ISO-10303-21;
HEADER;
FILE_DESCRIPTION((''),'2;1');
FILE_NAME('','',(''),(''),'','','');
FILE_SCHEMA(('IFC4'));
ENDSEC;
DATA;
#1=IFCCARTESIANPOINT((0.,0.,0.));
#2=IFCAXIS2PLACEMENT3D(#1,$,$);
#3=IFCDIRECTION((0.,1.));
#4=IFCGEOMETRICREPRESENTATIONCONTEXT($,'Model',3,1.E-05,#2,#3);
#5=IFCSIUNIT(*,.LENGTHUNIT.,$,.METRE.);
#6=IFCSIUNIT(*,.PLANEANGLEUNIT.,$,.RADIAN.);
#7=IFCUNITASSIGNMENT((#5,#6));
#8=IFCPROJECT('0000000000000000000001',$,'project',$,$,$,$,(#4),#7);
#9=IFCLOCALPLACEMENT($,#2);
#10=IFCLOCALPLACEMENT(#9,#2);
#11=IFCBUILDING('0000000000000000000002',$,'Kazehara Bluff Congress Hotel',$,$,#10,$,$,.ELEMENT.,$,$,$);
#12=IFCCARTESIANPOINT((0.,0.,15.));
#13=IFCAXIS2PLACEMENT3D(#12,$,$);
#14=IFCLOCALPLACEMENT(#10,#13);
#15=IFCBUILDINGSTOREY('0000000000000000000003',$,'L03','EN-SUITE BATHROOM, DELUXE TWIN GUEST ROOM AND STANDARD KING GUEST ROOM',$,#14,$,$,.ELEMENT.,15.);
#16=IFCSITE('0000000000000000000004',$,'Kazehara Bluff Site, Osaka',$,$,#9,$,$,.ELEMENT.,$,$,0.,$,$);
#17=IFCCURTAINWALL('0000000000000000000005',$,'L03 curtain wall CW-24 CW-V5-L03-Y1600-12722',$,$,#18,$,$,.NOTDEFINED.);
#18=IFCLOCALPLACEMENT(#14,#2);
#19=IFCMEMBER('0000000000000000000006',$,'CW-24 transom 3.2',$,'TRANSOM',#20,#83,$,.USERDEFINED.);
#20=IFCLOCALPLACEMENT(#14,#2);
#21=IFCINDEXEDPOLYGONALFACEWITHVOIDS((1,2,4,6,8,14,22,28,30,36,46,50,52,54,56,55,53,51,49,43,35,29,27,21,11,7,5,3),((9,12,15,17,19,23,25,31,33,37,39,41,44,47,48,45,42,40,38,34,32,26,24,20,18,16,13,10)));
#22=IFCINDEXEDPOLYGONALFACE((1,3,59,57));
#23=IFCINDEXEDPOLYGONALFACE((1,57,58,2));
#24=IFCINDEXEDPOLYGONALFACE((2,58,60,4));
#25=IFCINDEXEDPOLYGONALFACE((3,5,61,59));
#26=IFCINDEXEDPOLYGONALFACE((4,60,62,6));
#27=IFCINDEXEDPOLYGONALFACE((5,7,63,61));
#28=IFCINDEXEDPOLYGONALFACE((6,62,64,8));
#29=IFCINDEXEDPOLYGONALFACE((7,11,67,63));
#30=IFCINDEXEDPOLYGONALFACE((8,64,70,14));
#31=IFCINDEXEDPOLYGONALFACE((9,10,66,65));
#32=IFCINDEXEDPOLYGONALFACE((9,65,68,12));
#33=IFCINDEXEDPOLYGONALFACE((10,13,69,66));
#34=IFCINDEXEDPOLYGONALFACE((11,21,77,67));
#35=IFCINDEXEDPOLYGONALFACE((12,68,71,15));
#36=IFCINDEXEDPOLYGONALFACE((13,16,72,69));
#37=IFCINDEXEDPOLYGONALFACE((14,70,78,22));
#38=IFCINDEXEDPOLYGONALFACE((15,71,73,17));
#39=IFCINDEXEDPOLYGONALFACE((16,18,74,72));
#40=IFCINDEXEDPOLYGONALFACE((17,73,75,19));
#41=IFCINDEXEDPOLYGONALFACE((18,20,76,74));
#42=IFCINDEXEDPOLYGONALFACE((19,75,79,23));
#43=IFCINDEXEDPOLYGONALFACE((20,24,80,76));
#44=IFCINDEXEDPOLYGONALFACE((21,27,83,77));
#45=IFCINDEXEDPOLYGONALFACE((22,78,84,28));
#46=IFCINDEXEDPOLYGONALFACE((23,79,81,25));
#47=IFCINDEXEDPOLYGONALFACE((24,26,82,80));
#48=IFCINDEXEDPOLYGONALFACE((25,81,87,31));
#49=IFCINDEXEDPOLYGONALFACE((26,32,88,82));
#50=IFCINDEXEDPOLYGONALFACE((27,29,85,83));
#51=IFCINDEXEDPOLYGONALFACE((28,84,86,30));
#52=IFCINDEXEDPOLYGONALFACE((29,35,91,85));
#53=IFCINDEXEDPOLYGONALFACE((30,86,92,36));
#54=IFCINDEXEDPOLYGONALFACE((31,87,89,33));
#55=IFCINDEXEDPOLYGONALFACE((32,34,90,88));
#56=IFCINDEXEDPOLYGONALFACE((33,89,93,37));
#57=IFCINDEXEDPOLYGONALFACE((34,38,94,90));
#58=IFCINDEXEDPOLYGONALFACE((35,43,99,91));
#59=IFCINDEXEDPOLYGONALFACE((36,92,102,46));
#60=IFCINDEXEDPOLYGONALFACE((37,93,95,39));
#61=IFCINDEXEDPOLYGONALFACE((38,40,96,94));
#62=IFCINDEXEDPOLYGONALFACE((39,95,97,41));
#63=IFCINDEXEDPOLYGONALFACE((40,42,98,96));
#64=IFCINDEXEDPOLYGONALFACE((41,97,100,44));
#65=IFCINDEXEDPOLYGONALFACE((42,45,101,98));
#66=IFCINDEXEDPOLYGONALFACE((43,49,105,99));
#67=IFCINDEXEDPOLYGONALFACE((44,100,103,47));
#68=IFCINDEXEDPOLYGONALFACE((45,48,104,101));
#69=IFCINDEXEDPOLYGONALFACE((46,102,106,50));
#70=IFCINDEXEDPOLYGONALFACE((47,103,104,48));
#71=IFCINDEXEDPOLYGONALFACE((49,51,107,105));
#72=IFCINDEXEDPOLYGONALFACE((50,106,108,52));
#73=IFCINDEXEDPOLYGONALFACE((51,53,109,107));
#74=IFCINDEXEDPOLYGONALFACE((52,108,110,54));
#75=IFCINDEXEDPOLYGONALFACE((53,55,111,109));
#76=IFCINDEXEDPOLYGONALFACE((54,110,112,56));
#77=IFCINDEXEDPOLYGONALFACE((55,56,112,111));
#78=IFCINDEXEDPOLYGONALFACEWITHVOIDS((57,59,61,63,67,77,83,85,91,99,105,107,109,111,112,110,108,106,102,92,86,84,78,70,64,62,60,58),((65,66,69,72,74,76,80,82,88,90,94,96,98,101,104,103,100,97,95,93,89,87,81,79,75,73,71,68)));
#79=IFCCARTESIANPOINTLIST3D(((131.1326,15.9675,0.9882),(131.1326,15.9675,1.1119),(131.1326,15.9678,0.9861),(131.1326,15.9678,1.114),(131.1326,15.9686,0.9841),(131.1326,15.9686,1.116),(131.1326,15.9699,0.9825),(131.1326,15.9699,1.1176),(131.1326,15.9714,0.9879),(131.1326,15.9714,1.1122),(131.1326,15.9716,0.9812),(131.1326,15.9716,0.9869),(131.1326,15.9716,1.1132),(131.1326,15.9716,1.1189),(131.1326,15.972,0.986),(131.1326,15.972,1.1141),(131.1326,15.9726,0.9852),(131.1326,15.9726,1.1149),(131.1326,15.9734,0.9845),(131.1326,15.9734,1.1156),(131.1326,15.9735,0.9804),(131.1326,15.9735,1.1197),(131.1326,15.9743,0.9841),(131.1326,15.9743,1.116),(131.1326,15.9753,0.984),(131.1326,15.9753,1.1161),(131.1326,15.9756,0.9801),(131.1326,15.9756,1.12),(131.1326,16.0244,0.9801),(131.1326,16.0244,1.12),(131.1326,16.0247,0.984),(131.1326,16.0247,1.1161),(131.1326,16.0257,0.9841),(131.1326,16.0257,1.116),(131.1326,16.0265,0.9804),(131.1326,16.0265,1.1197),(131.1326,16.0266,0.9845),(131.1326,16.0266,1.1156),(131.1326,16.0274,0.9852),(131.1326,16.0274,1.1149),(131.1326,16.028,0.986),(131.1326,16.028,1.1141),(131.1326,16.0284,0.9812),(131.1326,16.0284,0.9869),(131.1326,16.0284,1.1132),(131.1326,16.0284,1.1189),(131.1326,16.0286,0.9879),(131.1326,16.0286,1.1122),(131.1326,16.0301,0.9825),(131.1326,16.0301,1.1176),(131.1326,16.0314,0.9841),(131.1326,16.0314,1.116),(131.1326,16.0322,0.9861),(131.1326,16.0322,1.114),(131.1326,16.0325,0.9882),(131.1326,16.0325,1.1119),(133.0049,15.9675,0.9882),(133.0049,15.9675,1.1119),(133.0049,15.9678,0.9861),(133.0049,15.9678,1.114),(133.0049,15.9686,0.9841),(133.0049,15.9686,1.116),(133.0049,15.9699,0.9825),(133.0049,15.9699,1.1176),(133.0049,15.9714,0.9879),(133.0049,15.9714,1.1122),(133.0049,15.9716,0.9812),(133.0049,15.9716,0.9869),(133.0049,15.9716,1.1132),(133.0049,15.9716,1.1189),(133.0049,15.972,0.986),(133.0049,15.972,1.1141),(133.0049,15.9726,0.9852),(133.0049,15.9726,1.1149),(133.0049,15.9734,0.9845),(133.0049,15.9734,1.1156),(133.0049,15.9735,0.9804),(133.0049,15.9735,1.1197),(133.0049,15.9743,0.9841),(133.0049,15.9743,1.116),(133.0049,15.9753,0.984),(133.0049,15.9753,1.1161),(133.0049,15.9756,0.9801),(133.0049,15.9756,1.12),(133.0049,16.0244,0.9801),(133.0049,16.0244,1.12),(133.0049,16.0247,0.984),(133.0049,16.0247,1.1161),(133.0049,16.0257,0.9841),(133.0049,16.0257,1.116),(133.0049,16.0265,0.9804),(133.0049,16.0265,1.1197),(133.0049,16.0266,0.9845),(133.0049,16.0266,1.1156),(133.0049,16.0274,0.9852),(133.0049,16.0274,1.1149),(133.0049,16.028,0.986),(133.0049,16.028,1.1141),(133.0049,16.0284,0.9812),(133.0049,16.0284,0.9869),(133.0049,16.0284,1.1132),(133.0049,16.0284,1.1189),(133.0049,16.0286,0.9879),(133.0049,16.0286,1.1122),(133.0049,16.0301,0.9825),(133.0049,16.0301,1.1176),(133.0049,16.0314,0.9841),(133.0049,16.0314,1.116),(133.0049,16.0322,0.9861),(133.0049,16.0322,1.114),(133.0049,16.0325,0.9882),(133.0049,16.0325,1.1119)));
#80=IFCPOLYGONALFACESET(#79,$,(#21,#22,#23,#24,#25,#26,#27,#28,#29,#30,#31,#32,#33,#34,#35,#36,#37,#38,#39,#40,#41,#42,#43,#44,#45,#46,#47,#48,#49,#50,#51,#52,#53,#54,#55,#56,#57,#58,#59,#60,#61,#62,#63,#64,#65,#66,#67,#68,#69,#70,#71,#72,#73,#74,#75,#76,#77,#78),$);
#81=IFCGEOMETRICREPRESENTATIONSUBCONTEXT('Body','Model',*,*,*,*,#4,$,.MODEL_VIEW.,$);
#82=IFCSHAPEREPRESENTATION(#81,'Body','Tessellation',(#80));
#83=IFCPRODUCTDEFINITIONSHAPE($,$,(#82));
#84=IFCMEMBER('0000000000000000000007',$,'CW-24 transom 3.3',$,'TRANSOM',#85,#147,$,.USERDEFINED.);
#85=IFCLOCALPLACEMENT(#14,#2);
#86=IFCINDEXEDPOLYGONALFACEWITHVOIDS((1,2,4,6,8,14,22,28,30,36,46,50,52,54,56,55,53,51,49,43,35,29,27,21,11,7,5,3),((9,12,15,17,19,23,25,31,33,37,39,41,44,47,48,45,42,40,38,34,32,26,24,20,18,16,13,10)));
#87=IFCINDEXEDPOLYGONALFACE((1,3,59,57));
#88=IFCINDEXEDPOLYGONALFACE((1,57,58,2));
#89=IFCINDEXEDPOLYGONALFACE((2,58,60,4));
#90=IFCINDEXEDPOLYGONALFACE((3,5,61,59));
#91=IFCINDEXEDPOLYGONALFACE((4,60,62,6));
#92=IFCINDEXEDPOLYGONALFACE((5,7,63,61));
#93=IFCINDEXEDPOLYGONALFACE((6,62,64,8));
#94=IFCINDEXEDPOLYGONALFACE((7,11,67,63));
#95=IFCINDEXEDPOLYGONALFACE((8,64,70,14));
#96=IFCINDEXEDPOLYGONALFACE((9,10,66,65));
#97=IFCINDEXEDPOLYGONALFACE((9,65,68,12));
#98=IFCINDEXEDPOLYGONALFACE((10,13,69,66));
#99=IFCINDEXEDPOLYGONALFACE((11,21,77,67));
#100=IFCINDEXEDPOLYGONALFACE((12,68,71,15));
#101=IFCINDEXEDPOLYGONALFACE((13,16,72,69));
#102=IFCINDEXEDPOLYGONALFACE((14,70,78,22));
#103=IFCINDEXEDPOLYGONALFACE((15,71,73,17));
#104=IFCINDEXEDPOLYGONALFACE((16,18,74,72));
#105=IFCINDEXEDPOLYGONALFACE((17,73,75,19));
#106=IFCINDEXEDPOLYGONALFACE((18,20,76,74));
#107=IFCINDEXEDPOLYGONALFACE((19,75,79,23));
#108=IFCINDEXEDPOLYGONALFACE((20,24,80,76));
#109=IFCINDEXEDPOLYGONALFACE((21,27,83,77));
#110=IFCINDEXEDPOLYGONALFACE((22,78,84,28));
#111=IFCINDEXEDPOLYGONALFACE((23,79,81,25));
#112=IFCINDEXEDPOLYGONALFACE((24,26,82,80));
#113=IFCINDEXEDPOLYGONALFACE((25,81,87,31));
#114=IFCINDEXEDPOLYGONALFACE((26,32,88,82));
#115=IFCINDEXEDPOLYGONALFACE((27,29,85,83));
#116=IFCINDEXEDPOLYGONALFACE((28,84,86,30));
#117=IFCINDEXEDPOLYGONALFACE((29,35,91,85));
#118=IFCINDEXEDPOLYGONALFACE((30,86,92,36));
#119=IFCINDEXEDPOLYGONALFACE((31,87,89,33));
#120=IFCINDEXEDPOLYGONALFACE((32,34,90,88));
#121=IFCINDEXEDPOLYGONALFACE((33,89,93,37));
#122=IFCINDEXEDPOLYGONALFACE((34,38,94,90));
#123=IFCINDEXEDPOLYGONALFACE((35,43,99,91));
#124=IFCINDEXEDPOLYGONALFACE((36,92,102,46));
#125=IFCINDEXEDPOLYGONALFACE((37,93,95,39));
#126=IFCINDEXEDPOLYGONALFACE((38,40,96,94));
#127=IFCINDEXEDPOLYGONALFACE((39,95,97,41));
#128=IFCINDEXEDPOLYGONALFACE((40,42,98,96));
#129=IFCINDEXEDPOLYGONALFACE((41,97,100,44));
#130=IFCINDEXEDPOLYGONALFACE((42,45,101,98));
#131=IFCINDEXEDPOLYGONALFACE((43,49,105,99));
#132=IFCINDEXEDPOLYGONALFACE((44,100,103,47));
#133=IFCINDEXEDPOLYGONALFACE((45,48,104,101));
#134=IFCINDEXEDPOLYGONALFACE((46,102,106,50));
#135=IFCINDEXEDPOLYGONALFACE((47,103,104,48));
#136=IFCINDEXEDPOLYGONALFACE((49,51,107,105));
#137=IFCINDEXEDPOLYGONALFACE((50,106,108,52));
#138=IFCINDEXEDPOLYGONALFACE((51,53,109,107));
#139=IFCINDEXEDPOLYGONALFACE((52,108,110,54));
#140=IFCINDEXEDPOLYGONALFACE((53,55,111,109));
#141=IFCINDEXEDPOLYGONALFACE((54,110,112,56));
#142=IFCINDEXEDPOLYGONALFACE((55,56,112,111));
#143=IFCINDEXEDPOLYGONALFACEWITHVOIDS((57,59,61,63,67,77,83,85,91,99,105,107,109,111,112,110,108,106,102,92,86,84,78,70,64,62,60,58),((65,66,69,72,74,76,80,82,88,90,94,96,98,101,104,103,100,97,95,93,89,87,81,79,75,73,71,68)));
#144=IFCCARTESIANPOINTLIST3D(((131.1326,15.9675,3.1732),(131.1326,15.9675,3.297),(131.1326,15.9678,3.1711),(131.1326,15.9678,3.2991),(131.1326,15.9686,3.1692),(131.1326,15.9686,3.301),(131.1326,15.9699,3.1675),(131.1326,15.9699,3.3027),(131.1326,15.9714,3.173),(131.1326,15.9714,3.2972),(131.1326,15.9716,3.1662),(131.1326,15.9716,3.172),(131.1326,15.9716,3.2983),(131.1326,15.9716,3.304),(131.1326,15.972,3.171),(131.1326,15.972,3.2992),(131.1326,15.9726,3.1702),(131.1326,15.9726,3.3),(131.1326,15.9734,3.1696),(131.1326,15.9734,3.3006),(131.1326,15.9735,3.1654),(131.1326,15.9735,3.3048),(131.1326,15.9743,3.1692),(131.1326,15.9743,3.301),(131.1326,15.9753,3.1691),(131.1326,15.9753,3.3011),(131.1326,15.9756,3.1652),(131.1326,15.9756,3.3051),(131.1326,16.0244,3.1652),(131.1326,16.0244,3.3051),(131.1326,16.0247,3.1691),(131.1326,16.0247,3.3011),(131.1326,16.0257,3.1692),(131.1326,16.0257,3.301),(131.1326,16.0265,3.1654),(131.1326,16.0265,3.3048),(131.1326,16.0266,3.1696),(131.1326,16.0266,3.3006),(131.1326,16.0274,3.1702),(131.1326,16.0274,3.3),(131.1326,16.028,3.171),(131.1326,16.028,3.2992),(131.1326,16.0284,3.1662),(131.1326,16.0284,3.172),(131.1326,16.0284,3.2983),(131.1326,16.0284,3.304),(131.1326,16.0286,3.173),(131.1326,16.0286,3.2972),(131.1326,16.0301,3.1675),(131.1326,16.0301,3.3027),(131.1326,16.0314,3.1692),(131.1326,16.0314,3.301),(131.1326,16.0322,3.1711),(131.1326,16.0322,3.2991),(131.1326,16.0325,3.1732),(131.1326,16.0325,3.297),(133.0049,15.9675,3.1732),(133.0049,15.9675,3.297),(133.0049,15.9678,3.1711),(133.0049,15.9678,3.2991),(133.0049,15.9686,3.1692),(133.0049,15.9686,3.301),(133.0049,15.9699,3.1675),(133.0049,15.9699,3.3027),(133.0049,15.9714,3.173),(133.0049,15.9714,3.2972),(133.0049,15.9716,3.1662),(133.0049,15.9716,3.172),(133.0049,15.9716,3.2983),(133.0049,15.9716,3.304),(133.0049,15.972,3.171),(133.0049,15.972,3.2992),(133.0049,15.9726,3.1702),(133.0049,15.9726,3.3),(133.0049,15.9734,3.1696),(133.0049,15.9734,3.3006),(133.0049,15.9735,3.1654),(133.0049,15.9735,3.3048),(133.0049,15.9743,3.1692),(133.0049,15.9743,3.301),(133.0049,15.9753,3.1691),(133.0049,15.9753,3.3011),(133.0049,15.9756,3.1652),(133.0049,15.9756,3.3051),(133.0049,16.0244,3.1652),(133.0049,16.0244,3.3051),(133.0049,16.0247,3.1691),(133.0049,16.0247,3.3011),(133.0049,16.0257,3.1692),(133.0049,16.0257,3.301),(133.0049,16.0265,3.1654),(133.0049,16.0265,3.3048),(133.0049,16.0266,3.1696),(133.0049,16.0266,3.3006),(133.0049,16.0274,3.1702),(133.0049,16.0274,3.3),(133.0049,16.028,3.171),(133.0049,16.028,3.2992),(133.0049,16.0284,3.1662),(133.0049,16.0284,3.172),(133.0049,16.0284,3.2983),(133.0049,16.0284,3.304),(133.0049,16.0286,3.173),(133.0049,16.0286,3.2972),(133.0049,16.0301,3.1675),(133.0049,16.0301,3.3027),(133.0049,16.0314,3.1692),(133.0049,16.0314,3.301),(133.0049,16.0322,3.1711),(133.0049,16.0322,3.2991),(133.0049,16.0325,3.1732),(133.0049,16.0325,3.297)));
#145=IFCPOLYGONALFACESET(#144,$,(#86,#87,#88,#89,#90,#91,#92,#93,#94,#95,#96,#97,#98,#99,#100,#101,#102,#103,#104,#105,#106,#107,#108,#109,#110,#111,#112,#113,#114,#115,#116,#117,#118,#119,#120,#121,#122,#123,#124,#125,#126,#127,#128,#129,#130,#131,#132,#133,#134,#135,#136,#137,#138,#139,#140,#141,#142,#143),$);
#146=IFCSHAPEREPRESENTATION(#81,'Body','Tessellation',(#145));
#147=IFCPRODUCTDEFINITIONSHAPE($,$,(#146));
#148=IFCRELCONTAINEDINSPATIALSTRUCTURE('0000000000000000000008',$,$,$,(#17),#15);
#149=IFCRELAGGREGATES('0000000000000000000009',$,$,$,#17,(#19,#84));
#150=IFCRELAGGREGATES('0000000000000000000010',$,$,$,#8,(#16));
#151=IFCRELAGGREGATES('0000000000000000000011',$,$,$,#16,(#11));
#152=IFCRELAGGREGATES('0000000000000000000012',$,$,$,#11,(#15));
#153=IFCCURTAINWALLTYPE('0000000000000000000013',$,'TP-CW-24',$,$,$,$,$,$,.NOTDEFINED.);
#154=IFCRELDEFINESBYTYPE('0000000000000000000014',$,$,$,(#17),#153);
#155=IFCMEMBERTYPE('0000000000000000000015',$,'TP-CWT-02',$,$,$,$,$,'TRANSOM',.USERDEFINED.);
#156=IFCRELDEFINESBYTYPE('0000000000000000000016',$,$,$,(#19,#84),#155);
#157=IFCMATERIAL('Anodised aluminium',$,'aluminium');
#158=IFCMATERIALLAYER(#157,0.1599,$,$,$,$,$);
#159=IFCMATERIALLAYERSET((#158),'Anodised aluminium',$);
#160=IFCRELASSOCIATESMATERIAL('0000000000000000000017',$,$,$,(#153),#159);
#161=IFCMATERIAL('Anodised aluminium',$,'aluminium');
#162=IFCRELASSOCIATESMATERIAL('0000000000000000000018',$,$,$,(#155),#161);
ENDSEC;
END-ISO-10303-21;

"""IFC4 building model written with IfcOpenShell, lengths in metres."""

from ifc_helpers import new_model, si_unit, direction, frame, origin, origin_2d, place, context, subcontext, project, spatial, hollow_rectangle, extrude, material, layer, layer_set, material_profile, profile_set, type_object, element, aggregate, save


model = new_model("IFC4")

# Units and contexts
model_context = context("Model", 3, precision=1e-05, world=origin(), true_north=direction((0.0, 1.0)))
body_context = subcontext(model_context, "Body", "Model", "MODEL_VIEW")
ifc_project = project(units=[si_unit("LENGTHUNIT", "METRE"), si_unit("PLANEANGLEUNIT", "RADIAN")], contexts=[model_context])

# Site, building, storey
site_placement = place(None, origin())
site = spatial("IfcSite", under=ifc_project, at=site_placement, Name="Kazehara Bluff Site, Osaka", CompositionType="ELEMENT", RefElevation=0.0)
building_placement = place(site_placement, origin())
building = spatial("IfcBuilding", under=site, at=building_placement, Name="Kazehara Bluff Congress Hotel", CompositionType="ELEMENT")
storey_placement = place(building_placement, frame((0.0, 0.0, 15.0)))
storey = spatial("IfcBuildingStorey", under=building, at=storey_placement, Name="L03", Description="EN-SUITE BATHROOM, DELUXE TWIN GUEST ROOM AND STANDARD KING GUEST ROOM", CompositionType="ELEMENT", Elevation=15.0)

# Curtain wall
ifc_material_1 = material(Name="Anodised aluminium", Category="aluminium")
ifc_layer_1 = layer(ifc_material_1, 0.1599)
ifc_layer_set_1 = layer_set([ifc_layer_1], Name="Anodised aluminium")
curtain_wall_type_1 = type_object("IfcCurtainWallType", Name="TP-CW-24", PredefinedType="NOTDEFINED", material=ifc_layer_set_1)
curtain_wall_1_placement = place(storey_placement, origin())
curtain_wall_1 = element("IfcCurtainWall", 1, at=curtain_wall_1_placement, inside=storey, type_object=curtain_wall_type_1, Name="L03 curtain wall CW-24 CW-V5-L03-Y1600-12722", PredefinedType="NOTDEFINED")

# Members
ifc_material_2 = material(Name="Anodised aluminium", Category="aluminium")
ifc_material_profile_1 = material_profile(ifc_material_2, hollow_rectangle(XDim=0.0649, YDim=0.1399, WallThickness=0.0039, InnerFilletRadius=0.0039, OuterFilletRadius=0.0081, at=origin_2d()))
ifc_profile_set_1 = profile_set([ifc_material_profile_1], Name="Anodised aluminium")
member_type_1 = type_object("IfcMemberType", Name="TP-CWT-02", ElementType="TRANSOM", PredefinedType="USERDEFINED", material=ifc_profile_set_1)
member_1_placement = place(storey_placement, frame((131.1326, 16.0, 1.05), z_axis=(1.0, 0.0, 0.0), x_axis=(0.0, 1.0, 0.0)))
member_1 = element("IfcMember", 2, at=member_1_placement, type_object=member_type_1, Name="CW-24 transom 3.2", ObjectType="TRANSOM", PredefinedType="USERDEFINED", context=body_context, shape_type="SweptSolid", body=[
    extrude(hollow_rectangle(XDim=0.0649, YDim=0.1399, WallThickness=0.0039, InnerFilletRadius=0.0039, OuterFilletRadius=0.0081, at=origin_2d()), origin(), (0.0, 0.0, 1.0), 1.8723),
])
member_2_placement = place(storey_placement, frame((131.1326, 16.0, 3.2351), z_axis=(1.0, 0.0, 0.0), x_axis=(0.0, 1.0, 0.0)))
member_2 = element("IfcMember", 3, at=member_2_placement, type_object=member_type_1, Name="CW-24 transom 3.3", ObjectType="TRANSOM", PredefinedType="USERDEFINED", context=body_context, shape_type="SweptSolid", body=[
    extrude(hollow_rectangle(XDim=0.0649, YDim=0.1399, WallThickness=0.0039, InnerFilletRadius=0.0039, OuterFilletRadius=0.0081, at=origin_2d()), origin(), (0.0, 0.0, 1.0), 1.8723),
])

aggregate(curtain_wall_1, [member_1, member_2])

save(model, "model.ifc")
